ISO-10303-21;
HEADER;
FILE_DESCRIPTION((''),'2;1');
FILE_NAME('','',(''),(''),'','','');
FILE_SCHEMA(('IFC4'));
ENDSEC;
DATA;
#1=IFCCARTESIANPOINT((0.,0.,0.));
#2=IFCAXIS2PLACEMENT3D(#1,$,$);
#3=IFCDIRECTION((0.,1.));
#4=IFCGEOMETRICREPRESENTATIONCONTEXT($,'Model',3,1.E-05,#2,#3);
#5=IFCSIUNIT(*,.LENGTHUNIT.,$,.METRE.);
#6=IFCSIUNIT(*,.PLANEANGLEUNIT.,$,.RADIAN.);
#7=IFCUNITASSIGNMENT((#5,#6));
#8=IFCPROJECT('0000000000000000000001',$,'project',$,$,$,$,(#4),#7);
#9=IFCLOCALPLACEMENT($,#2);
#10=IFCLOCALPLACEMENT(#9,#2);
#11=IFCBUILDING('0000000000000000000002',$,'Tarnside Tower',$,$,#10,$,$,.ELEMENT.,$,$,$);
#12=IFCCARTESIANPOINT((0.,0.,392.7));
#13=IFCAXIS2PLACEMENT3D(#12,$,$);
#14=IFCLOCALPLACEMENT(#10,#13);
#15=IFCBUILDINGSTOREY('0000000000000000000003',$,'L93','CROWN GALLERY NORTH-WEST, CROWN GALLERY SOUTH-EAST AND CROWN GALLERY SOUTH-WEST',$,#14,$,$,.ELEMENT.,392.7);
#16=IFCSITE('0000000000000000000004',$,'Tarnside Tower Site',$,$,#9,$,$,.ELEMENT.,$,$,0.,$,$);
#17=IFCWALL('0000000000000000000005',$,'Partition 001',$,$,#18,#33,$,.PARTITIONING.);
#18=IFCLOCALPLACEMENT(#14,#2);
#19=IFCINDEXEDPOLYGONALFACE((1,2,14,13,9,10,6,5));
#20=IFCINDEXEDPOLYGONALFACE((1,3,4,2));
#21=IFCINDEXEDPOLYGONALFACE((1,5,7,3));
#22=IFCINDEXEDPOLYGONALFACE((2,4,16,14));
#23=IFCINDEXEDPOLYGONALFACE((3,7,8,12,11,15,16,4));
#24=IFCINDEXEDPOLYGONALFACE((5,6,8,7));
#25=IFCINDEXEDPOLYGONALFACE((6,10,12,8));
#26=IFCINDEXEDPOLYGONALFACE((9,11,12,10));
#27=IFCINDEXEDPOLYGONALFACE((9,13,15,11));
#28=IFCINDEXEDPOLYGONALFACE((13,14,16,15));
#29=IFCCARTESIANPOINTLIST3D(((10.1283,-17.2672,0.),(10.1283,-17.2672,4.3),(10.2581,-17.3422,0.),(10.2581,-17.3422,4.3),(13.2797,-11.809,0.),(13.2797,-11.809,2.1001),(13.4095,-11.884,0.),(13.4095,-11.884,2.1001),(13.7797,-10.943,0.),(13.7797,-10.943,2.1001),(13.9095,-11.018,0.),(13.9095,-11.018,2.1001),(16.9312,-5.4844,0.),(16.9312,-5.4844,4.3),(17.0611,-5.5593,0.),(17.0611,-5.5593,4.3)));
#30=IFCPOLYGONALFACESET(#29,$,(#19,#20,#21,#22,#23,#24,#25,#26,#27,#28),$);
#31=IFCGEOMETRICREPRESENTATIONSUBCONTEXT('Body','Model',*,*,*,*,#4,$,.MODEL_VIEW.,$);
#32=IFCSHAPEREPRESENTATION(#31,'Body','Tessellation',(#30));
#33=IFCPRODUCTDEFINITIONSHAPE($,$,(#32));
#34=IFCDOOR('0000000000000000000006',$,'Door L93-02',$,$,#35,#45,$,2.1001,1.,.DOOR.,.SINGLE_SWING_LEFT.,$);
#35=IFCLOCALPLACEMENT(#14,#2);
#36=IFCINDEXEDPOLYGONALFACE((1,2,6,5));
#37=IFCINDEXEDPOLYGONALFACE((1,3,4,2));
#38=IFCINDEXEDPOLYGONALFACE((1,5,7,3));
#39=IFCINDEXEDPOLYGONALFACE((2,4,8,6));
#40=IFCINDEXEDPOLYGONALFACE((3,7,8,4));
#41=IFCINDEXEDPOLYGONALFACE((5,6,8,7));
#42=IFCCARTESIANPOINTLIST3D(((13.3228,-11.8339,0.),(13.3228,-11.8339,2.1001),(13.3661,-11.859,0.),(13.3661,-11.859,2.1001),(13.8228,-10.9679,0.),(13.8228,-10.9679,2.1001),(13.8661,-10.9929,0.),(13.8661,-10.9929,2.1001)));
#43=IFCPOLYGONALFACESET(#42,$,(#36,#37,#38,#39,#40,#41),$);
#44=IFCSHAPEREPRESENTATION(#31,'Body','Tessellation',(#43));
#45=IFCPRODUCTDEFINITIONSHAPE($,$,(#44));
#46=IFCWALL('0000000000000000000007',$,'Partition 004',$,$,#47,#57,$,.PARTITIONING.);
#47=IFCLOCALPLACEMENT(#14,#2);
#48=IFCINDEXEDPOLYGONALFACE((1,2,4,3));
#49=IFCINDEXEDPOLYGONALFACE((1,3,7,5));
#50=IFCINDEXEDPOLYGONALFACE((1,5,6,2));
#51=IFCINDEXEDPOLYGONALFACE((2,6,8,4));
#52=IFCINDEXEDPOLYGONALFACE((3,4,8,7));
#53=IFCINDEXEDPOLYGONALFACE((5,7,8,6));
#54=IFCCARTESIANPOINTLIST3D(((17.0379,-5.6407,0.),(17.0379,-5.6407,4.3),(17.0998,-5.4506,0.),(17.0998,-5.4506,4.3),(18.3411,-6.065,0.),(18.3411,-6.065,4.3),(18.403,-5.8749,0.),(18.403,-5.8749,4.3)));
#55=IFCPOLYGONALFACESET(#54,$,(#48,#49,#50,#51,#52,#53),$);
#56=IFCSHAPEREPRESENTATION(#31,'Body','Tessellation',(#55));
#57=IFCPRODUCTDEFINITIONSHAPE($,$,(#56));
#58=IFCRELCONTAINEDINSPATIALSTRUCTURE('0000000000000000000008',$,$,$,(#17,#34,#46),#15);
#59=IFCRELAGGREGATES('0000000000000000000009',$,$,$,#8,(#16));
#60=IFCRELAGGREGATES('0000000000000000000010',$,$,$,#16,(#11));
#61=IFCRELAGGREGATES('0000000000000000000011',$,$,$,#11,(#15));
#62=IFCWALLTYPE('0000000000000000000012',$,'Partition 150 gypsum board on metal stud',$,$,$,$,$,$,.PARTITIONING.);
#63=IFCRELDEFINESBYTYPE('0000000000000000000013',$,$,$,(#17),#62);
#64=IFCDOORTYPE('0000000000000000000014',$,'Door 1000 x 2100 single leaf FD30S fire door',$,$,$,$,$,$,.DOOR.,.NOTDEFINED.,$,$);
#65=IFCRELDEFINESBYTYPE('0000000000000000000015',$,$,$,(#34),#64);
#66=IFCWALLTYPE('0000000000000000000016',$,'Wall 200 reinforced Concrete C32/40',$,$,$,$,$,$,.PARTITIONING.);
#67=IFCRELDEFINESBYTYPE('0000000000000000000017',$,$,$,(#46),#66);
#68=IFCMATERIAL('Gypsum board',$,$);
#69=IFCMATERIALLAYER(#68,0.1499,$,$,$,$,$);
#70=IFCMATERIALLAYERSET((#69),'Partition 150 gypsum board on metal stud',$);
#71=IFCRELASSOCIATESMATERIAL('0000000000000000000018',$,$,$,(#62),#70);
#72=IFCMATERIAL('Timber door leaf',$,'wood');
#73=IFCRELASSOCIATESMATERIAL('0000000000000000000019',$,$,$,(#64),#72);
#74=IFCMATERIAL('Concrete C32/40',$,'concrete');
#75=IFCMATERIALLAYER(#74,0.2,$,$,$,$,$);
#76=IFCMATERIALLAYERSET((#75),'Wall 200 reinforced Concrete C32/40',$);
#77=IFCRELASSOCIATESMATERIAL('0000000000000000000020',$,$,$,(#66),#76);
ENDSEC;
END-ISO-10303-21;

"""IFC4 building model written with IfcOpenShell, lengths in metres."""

from ifc_helpers import new_model, si_unit, direction, frame, frame_2d, origin, place, context, subcontext, project, spatial, rectangle, extrude, material, layer, layer_set, type_object, element, fill, save


model = new_model("IFC4")

# Units and contexts
model_context = context("Model", 3, precision=1e-05, world=origin(), true_north=direction((0.0, 1.0)))
body_context = subcontext(model_context, "Body", "Model", "MODEL_VIEW")
ifc_project = project(units=[si_unit("LENGTHUNIT", "METRE"), si_unit("PLANEANGLEUNIT", "RADIAN")], contexts=[model_context])

# Site, building, storey
site_placement = place(None, origin())
site = spatial("IfcSite", under=ifc_project, at=site_placement, Name="Tarnside Tower Site", CompositionType="ELEMENT", RefElevation=0.0)
building_placement = place(site_placement, origin())
building = spatial("IfcBuilding", under=site, at=building_placement, Name="Tarnside Tower", CompositionType="ELEMENT")
storey_placement = place(building_placement, frame((0.0, 0.0, 392.7)))
storey = spatial("IfcBuildingStorey", under=building, at=storey_placement, Name="L93", Description="CROWN GALLERY NORTH-WEST, CROWN GALLERY SOUTH-EAST AND CROWN GALLERY SOUTH-WEST", CompositionType="ELEMENT", Elevation=392.7)

# Wall, opening, door
ifc_material_1 = material(Name="Gypsum board")
ifc_layer_1 = layer(ifc_material_1, 0.1499)
ifc_layer_set_1 = layer_set([ifc_layer_1], Name="Partition 150 gypsum board on metal stud")
wall_type_1 = type_object("IfcWallType", Name="Partition 150 gypsum board on metal stud", PredefinedType="PARTITIONING", material=ifc_layer_set_1)
wall_1_placement = place(storey_placement, frame((16.9961, -5.522, 0.0), z_axis=(0.0, 0.0, 1.0), x_axis=(-0.500005, -0.866023, 0.0)))
wall_1 = element("IfcWall", 1, at=wall_1_placement, inside=storey, type_object=wall_type_1, Name="Partition 001", PredefinedType="PARTITIONING", context=body_context, shape_type="SweptSolid", body=[
    extrude(rectangle(XDim=13.6057, YDim=0.1499, at=frame_2d((6.8027, 0.0))), origin(), (0.0, 0.0, 1.0), 4.3),
])
opening_placement = place(wall_1_placement, frame((6.303, 0.0, 0.0)))
opening = element("IfcOpeningElement", 2, at=opening_placement, cuts=wall_1, PredefinedType="OPENING", context=body_context, shape_type="SweptSolid", body=[
    extrude(rectangle(XDim=1.0, YDim=2.1001, at=frame_2d((0.5, 1.05))), frame((0.0, 0.085, 0.0), z_axis=(0.0, -1.0, 0.0), x_axis=(1.0, 0.0, 0.0)), (0.0, 0.0, 1.0), 0.1699),
])
ifc_material_2 = material(Name="Timber door leaf", Category="wood")
door_type = type_object("IfcDoorType", Name="Door 1000 x 2100 single leaf FD30S fire door", OperationType="NOTDEFINED", PredefinedType="DOOR", material=ifc_material_2)
door_placement = place(opening_placement, origin())
door = element("IfcDoor", 3, at=door_placement, inside=storey, type_object=door_type, Name="Door L93-02", OperationType="SINGLE_SWING_LEFT", OverallHeight=2.1001, OverallWidth=1.0, PredefinedType="DOOR", context=body_context, shape_type="SweptSolid", body=[
    extrude(rectangle(XDim=1.0, YDim=2.1001, at=frame_2d((0.5, 1.05))), frame((0.0, 0.0249, 0.0), z_axis=(0.0, -1.0, 0.0), x_axis=(1.0, 0.0, 0.0)), (0.0, 0.0, 1.0), 0.05),
])
fill(opening, door)

# Wall
ifc_material_3 = material(Name="Concrete C32/40", Category="concrete")
ifc_layer_2 = layer(ifc_material_3, 0.2)
ifc_layer_set_2 = layer_set([ifc_layer_2], Name="Wall 200 reinforced Concrete C32/40")
wall_type_2 = type_object("IfcWallType", Name="Wall 200 reinforced Concrete C32/40", PredefinedType="PARTITIONING", material=ifc_layer_set_2)
wall_2_placement = place(storey_placement, frame((18.3721, -5.97, 0.0), z_axis=(0.0, 0.0, 1.0), x_axis=(-0.950869, 0.309594, 0.0)))
element("IfcWall", 4, at=wall_2_placement, inside=storey, type_object=wall_type_2, Name="Partition 004", PredefinedType="PARTITIONING", context=body_context, shape_type="SweptSolid", body=[
    extrude(rectangle(XDim=1.3706, YDim=0.2, at=frame_2d((0.6853, 0.0))), origin(), (0.0, 0.0, 1.0), 4.3),
])

save(model, "model.ifc")
